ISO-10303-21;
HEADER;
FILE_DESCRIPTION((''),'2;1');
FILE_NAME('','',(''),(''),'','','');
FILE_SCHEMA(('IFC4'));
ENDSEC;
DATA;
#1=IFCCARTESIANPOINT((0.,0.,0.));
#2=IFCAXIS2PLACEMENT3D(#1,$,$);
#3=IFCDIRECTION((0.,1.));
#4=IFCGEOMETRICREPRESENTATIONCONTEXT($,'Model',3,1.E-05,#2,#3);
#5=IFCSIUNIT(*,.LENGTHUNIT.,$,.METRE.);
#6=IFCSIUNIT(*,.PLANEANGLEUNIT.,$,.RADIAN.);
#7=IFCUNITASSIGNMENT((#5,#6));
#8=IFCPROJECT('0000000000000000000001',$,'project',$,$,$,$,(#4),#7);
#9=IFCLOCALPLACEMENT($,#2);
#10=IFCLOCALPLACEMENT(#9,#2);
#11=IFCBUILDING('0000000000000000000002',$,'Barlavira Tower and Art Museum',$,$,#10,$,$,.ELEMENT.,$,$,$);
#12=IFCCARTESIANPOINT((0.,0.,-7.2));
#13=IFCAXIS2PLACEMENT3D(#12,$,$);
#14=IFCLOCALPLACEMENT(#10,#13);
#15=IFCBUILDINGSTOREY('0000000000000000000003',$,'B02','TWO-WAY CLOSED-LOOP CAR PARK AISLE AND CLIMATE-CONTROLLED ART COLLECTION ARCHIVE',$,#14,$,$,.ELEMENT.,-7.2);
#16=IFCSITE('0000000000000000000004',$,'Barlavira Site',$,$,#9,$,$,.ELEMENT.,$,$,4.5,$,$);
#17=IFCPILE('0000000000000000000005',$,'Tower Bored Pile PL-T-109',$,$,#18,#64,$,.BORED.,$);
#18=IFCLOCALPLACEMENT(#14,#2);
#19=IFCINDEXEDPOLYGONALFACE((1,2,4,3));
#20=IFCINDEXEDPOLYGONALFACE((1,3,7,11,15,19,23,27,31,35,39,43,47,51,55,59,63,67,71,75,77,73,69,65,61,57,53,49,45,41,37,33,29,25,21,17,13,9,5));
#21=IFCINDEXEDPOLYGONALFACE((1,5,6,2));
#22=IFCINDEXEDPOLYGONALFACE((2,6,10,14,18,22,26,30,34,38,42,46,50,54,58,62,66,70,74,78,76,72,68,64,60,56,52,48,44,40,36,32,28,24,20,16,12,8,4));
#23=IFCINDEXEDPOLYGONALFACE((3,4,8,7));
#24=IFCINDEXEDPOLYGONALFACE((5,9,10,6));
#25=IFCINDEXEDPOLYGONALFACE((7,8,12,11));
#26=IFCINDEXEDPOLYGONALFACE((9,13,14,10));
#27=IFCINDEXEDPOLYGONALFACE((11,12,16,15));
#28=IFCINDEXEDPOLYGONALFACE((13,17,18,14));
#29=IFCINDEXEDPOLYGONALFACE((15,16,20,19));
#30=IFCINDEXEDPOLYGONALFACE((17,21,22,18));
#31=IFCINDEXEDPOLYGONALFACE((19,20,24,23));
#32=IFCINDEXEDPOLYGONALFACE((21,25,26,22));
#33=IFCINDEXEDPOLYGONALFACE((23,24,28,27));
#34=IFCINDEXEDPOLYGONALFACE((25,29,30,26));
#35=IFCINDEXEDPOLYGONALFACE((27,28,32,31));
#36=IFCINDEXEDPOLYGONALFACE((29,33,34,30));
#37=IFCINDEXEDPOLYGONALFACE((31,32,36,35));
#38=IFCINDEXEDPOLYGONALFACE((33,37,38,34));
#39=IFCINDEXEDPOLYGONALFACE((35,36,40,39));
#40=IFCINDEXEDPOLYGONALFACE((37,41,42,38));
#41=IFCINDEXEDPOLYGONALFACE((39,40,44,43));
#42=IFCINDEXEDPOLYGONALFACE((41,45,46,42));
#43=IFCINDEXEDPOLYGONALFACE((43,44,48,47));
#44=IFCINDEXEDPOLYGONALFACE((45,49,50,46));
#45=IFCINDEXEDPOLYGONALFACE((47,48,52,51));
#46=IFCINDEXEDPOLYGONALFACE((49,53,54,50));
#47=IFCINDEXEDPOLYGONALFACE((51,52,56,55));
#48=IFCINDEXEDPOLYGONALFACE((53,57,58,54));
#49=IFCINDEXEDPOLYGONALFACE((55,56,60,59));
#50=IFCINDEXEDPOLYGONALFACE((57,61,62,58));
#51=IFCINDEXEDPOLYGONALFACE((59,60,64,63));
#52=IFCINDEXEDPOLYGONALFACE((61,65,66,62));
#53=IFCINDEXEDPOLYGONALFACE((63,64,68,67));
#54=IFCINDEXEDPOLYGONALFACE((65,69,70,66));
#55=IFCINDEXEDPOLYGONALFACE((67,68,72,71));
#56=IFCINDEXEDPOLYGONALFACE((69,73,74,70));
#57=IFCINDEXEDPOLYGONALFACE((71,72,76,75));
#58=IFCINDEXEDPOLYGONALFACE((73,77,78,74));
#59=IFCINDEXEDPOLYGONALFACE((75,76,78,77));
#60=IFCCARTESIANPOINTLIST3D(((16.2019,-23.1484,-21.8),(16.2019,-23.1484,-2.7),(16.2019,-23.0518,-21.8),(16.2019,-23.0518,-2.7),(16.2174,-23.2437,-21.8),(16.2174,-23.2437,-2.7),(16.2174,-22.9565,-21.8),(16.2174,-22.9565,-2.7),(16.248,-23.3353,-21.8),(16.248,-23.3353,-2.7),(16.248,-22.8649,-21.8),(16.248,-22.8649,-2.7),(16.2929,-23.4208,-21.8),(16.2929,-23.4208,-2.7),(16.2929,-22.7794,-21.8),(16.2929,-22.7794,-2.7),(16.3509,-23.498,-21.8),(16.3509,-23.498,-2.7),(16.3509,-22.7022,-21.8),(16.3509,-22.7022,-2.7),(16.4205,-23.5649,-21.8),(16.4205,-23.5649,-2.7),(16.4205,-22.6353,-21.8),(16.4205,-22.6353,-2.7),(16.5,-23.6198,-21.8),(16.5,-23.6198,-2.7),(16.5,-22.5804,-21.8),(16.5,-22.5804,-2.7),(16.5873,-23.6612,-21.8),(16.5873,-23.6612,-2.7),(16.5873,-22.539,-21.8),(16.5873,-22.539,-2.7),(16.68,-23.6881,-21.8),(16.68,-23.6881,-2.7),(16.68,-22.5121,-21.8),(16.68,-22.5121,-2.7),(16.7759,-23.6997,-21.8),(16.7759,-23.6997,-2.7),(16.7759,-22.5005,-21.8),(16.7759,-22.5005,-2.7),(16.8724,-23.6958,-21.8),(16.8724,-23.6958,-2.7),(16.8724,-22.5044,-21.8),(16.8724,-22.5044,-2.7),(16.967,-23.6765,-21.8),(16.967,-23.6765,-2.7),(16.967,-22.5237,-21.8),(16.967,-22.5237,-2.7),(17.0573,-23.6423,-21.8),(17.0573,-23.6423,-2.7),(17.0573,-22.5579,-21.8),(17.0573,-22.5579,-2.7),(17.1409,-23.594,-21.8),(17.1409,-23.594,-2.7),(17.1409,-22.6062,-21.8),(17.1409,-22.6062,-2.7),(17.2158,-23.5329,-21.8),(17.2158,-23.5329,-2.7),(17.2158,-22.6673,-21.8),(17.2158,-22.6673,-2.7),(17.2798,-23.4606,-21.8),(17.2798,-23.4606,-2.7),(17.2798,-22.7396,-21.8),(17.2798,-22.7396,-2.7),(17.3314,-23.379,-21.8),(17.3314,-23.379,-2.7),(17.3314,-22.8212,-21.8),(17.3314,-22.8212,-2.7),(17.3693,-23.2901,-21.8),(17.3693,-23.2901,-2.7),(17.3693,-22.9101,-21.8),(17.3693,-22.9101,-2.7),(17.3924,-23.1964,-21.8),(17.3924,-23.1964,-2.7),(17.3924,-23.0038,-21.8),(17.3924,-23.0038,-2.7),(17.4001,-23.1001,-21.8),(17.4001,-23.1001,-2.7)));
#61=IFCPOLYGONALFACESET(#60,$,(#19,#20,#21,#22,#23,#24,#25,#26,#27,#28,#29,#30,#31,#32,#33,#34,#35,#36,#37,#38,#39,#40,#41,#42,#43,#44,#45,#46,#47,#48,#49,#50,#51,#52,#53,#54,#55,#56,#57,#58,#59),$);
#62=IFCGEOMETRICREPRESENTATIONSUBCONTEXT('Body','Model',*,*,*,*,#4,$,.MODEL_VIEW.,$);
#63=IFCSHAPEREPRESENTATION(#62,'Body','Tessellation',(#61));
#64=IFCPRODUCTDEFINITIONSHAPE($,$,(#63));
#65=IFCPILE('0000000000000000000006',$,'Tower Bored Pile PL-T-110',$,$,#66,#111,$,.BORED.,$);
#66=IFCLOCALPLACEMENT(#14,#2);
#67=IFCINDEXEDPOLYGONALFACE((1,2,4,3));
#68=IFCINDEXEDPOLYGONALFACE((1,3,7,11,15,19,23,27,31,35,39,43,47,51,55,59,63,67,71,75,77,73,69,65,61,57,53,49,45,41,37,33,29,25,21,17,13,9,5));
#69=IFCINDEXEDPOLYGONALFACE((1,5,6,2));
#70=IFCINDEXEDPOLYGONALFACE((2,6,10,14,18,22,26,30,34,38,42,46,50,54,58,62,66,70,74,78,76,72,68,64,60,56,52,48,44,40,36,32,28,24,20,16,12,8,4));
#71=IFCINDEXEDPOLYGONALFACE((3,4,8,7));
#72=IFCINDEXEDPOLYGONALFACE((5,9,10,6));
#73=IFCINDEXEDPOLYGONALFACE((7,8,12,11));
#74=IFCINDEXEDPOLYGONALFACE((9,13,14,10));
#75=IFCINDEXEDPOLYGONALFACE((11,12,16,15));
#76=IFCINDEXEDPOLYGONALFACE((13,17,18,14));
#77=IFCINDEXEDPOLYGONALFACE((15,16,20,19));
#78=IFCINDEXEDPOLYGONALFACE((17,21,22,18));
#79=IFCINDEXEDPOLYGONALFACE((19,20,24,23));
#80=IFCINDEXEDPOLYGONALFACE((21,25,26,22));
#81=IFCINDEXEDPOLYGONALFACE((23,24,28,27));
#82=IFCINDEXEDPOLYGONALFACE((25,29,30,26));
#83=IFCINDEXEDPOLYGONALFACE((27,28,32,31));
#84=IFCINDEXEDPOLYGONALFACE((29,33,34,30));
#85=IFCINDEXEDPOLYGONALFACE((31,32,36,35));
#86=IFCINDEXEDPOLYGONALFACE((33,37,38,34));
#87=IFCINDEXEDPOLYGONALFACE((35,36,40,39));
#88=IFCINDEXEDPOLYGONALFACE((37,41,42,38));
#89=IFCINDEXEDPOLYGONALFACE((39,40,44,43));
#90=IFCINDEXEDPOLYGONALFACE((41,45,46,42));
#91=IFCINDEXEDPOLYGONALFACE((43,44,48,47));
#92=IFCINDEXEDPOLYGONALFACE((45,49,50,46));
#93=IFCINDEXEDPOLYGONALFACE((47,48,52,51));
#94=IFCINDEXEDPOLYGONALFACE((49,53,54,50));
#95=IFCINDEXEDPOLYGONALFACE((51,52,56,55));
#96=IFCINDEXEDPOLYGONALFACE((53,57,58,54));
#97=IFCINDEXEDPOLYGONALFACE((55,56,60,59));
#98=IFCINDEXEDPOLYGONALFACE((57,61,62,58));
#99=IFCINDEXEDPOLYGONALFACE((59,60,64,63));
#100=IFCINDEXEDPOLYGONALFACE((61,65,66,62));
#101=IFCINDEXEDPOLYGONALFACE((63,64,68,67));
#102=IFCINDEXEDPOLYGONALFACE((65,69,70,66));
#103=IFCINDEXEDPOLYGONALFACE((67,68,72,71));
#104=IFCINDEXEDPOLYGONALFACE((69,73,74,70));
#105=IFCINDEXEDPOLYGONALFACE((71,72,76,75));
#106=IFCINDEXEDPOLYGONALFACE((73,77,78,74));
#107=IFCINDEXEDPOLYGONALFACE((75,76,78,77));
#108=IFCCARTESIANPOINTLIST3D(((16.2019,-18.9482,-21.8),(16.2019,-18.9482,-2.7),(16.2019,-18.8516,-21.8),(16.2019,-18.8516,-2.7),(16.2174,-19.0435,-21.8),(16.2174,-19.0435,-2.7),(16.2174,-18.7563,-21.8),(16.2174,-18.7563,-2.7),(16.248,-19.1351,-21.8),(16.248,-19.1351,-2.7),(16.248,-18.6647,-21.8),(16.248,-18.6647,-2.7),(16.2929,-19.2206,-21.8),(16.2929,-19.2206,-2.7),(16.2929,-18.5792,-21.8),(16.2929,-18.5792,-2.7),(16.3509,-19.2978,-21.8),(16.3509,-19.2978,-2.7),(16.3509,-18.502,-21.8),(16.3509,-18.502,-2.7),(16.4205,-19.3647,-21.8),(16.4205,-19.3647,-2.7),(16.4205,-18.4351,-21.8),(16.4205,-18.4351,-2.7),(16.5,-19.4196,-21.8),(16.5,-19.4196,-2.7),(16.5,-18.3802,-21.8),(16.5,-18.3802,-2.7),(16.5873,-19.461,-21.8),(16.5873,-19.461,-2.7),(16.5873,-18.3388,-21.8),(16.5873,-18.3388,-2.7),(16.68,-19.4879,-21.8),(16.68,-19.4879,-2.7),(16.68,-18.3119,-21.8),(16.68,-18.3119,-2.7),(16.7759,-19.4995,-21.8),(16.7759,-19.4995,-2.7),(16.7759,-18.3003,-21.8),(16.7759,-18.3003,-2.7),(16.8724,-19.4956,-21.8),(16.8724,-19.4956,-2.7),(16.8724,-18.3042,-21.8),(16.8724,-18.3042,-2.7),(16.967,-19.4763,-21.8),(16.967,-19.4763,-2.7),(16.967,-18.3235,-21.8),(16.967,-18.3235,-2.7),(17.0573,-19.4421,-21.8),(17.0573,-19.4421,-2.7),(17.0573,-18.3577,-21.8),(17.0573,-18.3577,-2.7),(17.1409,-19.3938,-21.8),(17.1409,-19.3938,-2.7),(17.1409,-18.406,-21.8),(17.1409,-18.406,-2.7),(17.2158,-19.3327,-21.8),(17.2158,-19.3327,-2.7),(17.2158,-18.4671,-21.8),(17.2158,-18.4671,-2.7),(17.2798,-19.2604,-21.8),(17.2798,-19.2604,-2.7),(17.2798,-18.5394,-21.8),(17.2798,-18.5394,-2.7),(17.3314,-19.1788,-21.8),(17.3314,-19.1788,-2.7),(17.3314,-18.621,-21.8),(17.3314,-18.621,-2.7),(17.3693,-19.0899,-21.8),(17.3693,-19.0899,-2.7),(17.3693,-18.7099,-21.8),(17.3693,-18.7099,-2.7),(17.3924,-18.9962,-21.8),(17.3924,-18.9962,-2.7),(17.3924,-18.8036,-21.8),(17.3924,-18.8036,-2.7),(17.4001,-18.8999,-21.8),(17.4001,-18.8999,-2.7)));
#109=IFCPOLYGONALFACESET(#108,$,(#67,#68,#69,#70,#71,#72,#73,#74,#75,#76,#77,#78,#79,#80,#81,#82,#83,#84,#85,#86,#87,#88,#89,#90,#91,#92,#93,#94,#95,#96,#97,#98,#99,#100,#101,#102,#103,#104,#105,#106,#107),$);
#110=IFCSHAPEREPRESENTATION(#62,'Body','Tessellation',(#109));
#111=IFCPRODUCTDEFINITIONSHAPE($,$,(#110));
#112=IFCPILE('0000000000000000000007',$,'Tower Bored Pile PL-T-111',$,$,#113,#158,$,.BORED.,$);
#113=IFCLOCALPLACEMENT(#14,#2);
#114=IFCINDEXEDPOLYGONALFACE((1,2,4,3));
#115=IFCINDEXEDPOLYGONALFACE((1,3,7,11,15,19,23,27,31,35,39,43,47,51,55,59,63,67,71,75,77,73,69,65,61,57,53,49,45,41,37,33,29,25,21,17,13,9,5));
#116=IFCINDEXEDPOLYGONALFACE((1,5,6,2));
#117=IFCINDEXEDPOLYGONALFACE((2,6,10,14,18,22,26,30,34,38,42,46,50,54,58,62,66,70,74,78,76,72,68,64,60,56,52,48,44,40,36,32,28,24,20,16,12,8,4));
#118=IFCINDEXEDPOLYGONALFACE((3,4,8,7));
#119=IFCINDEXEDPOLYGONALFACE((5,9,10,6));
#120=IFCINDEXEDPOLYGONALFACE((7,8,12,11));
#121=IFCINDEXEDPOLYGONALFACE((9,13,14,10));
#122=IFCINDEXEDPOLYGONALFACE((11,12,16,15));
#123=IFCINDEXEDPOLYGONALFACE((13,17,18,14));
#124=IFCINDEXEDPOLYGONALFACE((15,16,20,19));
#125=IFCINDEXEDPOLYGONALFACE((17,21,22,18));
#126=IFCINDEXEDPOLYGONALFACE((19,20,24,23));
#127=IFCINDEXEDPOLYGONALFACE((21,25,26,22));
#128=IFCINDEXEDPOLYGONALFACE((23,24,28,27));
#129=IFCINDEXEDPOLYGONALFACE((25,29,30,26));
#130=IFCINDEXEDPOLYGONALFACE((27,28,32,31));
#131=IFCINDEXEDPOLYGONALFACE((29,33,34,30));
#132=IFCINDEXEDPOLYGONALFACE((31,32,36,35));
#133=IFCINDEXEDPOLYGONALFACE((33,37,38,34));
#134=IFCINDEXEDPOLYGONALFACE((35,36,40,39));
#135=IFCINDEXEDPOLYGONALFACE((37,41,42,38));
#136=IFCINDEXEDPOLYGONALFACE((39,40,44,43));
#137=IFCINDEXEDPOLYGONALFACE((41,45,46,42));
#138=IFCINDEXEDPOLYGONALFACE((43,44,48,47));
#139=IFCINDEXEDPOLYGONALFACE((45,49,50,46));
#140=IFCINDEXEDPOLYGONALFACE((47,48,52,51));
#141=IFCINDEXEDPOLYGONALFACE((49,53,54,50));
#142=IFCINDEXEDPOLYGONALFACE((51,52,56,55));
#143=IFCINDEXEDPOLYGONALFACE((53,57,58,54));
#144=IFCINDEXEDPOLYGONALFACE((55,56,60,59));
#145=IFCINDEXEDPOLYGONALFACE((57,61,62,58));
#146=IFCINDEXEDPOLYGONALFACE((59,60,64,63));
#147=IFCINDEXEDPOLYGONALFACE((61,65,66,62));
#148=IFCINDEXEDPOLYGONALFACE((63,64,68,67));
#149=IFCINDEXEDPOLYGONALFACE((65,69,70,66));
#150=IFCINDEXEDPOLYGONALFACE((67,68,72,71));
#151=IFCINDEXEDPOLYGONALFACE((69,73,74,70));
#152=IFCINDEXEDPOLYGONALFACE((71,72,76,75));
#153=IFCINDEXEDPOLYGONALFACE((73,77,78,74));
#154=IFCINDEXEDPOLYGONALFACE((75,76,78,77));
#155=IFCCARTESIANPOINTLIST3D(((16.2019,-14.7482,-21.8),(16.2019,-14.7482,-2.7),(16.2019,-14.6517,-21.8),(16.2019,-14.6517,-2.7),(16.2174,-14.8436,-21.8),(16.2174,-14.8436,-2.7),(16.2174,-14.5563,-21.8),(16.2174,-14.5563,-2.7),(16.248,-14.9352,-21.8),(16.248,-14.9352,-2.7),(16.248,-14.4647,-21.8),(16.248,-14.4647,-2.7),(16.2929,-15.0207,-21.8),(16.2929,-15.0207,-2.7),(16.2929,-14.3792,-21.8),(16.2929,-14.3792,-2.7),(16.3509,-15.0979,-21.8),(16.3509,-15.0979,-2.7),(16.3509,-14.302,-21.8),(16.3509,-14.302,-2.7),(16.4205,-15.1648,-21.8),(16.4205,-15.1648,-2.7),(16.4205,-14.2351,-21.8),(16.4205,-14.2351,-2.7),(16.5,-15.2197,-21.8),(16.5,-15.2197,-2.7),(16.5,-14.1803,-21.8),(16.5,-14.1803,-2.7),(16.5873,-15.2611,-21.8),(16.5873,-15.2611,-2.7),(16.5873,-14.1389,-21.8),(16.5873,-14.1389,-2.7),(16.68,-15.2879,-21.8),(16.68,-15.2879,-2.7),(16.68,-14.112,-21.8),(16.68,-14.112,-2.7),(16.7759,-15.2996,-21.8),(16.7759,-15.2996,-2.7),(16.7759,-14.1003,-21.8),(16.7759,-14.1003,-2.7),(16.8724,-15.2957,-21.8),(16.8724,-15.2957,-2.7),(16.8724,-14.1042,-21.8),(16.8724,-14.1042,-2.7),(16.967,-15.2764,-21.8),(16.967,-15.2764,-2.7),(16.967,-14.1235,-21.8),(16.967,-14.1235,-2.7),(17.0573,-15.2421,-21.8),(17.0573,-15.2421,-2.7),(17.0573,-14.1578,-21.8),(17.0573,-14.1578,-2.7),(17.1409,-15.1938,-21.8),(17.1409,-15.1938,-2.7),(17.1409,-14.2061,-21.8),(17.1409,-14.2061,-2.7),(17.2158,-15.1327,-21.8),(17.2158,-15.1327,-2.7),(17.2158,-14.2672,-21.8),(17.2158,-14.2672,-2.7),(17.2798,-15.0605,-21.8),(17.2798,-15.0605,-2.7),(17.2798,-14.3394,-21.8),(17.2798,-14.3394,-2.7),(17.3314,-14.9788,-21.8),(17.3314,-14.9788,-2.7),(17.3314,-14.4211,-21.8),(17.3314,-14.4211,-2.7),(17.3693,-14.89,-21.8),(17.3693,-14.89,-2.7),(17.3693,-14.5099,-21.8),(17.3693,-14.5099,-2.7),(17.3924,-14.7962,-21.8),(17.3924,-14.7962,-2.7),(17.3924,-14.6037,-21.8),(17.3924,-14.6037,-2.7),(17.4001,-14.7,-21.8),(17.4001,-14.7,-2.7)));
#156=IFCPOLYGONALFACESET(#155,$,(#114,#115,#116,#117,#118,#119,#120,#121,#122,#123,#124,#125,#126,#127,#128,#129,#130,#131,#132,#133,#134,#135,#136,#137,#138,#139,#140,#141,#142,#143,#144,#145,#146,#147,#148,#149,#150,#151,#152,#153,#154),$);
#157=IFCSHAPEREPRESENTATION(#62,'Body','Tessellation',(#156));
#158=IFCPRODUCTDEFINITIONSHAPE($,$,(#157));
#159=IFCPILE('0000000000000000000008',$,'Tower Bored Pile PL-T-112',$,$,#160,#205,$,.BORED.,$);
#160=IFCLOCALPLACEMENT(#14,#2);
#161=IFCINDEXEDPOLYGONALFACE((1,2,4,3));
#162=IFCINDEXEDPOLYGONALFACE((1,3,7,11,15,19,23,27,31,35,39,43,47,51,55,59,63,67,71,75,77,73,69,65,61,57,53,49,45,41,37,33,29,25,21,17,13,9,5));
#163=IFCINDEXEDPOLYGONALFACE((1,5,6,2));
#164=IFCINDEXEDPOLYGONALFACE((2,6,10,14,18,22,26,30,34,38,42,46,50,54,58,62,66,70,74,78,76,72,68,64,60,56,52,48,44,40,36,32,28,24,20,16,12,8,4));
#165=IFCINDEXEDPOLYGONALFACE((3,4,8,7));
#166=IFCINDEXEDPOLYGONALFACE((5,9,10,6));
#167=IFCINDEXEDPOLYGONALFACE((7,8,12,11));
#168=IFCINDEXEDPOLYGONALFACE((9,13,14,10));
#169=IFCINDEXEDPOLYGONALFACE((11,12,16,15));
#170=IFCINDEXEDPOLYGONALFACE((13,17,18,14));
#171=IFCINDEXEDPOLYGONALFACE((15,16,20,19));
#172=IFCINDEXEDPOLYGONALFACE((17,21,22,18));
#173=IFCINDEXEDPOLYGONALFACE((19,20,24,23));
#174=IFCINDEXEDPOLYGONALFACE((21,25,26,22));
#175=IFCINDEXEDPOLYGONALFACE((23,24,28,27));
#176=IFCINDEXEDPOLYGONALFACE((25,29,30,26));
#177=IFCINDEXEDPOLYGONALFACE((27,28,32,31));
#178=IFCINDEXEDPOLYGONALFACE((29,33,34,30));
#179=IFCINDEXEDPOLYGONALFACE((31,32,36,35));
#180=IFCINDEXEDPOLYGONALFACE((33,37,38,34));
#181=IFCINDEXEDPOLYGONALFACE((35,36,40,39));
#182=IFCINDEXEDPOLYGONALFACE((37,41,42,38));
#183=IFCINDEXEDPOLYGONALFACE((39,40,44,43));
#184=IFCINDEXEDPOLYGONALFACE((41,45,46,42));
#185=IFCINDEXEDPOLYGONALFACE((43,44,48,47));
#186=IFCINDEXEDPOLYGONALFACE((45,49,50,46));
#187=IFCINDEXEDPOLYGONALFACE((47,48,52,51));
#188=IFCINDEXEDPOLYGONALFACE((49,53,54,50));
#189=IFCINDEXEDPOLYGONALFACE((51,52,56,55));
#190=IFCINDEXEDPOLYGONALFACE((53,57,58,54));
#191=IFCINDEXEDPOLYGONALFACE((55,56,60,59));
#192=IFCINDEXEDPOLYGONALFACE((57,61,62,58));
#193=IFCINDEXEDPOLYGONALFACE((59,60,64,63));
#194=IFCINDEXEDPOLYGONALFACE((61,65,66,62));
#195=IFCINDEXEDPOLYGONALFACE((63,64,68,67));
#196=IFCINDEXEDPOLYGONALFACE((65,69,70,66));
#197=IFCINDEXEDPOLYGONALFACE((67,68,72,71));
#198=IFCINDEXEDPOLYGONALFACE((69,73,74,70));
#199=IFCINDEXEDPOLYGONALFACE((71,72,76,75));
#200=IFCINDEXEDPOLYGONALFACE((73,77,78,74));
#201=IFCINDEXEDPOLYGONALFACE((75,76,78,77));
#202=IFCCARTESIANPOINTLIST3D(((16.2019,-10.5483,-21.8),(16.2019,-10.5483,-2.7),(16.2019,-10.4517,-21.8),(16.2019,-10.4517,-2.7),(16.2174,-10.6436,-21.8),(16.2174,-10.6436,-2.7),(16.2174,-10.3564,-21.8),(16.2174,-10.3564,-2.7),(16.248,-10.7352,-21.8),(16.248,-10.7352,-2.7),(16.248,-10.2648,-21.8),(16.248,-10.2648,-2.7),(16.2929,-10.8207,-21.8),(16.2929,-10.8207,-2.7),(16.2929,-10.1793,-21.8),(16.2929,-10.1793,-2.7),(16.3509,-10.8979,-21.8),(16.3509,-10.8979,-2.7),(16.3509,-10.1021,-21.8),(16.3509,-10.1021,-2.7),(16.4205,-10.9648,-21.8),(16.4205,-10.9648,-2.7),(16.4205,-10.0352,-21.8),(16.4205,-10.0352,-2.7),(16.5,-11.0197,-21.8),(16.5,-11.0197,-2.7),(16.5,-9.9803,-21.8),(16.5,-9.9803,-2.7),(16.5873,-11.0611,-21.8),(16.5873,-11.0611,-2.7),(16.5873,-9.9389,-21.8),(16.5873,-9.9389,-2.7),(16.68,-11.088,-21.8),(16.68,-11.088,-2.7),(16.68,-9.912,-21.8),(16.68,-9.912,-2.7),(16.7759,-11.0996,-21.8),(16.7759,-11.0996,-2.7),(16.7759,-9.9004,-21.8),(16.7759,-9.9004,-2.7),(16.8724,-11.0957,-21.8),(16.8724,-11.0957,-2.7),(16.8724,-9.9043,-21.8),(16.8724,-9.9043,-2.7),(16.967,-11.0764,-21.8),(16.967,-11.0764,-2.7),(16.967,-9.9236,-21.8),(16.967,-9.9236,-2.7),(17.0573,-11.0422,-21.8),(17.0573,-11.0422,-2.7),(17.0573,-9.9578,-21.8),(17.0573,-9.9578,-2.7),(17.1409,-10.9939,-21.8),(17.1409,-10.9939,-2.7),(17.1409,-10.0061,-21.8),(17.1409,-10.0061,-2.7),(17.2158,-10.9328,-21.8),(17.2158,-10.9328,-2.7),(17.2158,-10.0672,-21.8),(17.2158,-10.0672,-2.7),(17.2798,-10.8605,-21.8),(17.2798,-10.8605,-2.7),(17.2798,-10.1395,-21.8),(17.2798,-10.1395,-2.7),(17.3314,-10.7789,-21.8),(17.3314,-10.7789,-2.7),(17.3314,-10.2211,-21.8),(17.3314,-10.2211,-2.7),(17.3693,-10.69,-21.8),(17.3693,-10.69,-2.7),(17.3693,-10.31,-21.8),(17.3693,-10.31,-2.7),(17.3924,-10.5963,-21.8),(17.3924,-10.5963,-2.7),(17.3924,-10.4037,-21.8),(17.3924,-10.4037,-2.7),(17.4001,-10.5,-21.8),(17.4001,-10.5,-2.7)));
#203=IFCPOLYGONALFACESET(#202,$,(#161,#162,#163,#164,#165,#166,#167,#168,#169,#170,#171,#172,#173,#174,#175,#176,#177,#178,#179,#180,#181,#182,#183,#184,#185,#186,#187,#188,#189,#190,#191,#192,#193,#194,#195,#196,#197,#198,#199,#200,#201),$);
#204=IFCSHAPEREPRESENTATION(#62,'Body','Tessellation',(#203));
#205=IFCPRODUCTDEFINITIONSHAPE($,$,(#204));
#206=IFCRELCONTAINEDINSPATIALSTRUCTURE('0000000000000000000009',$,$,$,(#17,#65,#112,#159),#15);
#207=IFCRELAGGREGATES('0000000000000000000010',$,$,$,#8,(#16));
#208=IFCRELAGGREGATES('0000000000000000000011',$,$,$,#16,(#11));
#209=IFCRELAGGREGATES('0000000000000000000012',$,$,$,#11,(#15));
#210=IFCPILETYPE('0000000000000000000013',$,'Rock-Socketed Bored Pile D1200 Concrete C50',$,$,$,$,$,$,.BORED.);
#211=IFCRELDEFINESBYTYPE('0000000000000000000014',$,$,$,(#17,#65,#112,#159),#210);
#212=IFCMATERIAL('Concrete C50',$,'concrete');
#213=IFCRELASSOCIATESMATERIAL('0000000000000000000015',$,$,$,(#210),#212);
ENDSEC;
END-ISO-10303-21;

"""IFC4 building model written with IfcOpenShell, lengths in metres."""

from ifc_helpers import new_model, si_unit, direction, frame, origin, origin_2d, place, context, subcontext, project, spatial, circle, extrude, material, material_profile, profile_set, type_object, element, save


model = new_model("IFC4")

# Units and contexts
model_context = context("Model", 3, precision=1e-05, world=origin(), true_north=direction((0.0, 1.0)))
body_context = subcontext(model_context, "Body", "Model", "MODEL_VIEW")
ifc_project = project(units=[si_unit("LENGTHUNIT", "METRE"), si_unit("PLANEANGLEUNIT", "RADIAN")], contexts=[model_context])

# Site, building, storey
site_placement = place(None, origin())
site = spatial("IfcSite", under=ifc_project, at=site_placement, Name="Barlavira Site", CompositionType="ELEMENT", RefElevation=4.5)
building_placement = place(site_placement, origin())
building = spatial("IfcBuilding", under=site, at=building_placement, Name="Barlavira Tower and Art Museum", CompositionType="ELEMENT")
storey_placement = place(building_placement, frame((0.0, 0.0, -7.2)))
storey = spatial("IfcBuildingStorey", under=building, at=storey_placement, Name="B02", Description="TWO-WAY CLOSED-LOOP CAR PARK AISLE AND CLIMATE-CONTROLLED ART COLLECTION ARCHIVE", CompositionType="ELEMENT", Elevation=-7.2)

# Piles
ifc_material_1 = material(Name="Concrete C50", Category="concrete")
ifc_material_profile_1 = material_profile(ifc_material_1, circle(Radius=0.6001, at=origin_2d()), Name="BORED PILE D1200")
ifc_profile_set_1 = profile_set([ifc_material_profile_1], Name="Concrete C50")
pile_type = type_object("IfcPileType", Name="Rock-Socketed Bored Pile D1200 Concrete C50", PredefinedType="BORED", material=ifc_profile_set_1)
for number, where, z_axis, x_axis, name in (
    (1, (16.8, -23.1001, -2.7), (0.0, 0.0, -1.0), (1.0, 0.0, 0.0), "Tower Bored Pile PL-T-109"),
    (2, (16.8, -18.8999, -2.7), (0.0, 0.0, -1.0), (1.0, 0.0, 0.0), "Tower Bored Pile PL-T-110"),
    (3, (16.8, -14.7, -2.7), (0.0, 0.0, -1.0), (1.0, 0.0, 0.0), "Tower Bored Pile PL-T-111"),
    (4, (16.8, -10.5, -2.7), (0.0, 0.0, -1.0), (1.0, 0.0, 0.0), "Tower Bored Pile PL-T-112"),
):
    element("IfcPile", number, at=place(storey_placement, frame(where, z_axis=z_axis, x_axis=x_axis)), inside=storey, type_object=pile_type, Name=name, PredefinedType="BORED", context=body_context, shape_type="SweptSolid", body=[
        extrude(circle(Radius=0.6001, at=origin_2d()), origin(), (0.0, 0.0, 1.0), 19.1001),
    ])

save(model, "model.ifc")
